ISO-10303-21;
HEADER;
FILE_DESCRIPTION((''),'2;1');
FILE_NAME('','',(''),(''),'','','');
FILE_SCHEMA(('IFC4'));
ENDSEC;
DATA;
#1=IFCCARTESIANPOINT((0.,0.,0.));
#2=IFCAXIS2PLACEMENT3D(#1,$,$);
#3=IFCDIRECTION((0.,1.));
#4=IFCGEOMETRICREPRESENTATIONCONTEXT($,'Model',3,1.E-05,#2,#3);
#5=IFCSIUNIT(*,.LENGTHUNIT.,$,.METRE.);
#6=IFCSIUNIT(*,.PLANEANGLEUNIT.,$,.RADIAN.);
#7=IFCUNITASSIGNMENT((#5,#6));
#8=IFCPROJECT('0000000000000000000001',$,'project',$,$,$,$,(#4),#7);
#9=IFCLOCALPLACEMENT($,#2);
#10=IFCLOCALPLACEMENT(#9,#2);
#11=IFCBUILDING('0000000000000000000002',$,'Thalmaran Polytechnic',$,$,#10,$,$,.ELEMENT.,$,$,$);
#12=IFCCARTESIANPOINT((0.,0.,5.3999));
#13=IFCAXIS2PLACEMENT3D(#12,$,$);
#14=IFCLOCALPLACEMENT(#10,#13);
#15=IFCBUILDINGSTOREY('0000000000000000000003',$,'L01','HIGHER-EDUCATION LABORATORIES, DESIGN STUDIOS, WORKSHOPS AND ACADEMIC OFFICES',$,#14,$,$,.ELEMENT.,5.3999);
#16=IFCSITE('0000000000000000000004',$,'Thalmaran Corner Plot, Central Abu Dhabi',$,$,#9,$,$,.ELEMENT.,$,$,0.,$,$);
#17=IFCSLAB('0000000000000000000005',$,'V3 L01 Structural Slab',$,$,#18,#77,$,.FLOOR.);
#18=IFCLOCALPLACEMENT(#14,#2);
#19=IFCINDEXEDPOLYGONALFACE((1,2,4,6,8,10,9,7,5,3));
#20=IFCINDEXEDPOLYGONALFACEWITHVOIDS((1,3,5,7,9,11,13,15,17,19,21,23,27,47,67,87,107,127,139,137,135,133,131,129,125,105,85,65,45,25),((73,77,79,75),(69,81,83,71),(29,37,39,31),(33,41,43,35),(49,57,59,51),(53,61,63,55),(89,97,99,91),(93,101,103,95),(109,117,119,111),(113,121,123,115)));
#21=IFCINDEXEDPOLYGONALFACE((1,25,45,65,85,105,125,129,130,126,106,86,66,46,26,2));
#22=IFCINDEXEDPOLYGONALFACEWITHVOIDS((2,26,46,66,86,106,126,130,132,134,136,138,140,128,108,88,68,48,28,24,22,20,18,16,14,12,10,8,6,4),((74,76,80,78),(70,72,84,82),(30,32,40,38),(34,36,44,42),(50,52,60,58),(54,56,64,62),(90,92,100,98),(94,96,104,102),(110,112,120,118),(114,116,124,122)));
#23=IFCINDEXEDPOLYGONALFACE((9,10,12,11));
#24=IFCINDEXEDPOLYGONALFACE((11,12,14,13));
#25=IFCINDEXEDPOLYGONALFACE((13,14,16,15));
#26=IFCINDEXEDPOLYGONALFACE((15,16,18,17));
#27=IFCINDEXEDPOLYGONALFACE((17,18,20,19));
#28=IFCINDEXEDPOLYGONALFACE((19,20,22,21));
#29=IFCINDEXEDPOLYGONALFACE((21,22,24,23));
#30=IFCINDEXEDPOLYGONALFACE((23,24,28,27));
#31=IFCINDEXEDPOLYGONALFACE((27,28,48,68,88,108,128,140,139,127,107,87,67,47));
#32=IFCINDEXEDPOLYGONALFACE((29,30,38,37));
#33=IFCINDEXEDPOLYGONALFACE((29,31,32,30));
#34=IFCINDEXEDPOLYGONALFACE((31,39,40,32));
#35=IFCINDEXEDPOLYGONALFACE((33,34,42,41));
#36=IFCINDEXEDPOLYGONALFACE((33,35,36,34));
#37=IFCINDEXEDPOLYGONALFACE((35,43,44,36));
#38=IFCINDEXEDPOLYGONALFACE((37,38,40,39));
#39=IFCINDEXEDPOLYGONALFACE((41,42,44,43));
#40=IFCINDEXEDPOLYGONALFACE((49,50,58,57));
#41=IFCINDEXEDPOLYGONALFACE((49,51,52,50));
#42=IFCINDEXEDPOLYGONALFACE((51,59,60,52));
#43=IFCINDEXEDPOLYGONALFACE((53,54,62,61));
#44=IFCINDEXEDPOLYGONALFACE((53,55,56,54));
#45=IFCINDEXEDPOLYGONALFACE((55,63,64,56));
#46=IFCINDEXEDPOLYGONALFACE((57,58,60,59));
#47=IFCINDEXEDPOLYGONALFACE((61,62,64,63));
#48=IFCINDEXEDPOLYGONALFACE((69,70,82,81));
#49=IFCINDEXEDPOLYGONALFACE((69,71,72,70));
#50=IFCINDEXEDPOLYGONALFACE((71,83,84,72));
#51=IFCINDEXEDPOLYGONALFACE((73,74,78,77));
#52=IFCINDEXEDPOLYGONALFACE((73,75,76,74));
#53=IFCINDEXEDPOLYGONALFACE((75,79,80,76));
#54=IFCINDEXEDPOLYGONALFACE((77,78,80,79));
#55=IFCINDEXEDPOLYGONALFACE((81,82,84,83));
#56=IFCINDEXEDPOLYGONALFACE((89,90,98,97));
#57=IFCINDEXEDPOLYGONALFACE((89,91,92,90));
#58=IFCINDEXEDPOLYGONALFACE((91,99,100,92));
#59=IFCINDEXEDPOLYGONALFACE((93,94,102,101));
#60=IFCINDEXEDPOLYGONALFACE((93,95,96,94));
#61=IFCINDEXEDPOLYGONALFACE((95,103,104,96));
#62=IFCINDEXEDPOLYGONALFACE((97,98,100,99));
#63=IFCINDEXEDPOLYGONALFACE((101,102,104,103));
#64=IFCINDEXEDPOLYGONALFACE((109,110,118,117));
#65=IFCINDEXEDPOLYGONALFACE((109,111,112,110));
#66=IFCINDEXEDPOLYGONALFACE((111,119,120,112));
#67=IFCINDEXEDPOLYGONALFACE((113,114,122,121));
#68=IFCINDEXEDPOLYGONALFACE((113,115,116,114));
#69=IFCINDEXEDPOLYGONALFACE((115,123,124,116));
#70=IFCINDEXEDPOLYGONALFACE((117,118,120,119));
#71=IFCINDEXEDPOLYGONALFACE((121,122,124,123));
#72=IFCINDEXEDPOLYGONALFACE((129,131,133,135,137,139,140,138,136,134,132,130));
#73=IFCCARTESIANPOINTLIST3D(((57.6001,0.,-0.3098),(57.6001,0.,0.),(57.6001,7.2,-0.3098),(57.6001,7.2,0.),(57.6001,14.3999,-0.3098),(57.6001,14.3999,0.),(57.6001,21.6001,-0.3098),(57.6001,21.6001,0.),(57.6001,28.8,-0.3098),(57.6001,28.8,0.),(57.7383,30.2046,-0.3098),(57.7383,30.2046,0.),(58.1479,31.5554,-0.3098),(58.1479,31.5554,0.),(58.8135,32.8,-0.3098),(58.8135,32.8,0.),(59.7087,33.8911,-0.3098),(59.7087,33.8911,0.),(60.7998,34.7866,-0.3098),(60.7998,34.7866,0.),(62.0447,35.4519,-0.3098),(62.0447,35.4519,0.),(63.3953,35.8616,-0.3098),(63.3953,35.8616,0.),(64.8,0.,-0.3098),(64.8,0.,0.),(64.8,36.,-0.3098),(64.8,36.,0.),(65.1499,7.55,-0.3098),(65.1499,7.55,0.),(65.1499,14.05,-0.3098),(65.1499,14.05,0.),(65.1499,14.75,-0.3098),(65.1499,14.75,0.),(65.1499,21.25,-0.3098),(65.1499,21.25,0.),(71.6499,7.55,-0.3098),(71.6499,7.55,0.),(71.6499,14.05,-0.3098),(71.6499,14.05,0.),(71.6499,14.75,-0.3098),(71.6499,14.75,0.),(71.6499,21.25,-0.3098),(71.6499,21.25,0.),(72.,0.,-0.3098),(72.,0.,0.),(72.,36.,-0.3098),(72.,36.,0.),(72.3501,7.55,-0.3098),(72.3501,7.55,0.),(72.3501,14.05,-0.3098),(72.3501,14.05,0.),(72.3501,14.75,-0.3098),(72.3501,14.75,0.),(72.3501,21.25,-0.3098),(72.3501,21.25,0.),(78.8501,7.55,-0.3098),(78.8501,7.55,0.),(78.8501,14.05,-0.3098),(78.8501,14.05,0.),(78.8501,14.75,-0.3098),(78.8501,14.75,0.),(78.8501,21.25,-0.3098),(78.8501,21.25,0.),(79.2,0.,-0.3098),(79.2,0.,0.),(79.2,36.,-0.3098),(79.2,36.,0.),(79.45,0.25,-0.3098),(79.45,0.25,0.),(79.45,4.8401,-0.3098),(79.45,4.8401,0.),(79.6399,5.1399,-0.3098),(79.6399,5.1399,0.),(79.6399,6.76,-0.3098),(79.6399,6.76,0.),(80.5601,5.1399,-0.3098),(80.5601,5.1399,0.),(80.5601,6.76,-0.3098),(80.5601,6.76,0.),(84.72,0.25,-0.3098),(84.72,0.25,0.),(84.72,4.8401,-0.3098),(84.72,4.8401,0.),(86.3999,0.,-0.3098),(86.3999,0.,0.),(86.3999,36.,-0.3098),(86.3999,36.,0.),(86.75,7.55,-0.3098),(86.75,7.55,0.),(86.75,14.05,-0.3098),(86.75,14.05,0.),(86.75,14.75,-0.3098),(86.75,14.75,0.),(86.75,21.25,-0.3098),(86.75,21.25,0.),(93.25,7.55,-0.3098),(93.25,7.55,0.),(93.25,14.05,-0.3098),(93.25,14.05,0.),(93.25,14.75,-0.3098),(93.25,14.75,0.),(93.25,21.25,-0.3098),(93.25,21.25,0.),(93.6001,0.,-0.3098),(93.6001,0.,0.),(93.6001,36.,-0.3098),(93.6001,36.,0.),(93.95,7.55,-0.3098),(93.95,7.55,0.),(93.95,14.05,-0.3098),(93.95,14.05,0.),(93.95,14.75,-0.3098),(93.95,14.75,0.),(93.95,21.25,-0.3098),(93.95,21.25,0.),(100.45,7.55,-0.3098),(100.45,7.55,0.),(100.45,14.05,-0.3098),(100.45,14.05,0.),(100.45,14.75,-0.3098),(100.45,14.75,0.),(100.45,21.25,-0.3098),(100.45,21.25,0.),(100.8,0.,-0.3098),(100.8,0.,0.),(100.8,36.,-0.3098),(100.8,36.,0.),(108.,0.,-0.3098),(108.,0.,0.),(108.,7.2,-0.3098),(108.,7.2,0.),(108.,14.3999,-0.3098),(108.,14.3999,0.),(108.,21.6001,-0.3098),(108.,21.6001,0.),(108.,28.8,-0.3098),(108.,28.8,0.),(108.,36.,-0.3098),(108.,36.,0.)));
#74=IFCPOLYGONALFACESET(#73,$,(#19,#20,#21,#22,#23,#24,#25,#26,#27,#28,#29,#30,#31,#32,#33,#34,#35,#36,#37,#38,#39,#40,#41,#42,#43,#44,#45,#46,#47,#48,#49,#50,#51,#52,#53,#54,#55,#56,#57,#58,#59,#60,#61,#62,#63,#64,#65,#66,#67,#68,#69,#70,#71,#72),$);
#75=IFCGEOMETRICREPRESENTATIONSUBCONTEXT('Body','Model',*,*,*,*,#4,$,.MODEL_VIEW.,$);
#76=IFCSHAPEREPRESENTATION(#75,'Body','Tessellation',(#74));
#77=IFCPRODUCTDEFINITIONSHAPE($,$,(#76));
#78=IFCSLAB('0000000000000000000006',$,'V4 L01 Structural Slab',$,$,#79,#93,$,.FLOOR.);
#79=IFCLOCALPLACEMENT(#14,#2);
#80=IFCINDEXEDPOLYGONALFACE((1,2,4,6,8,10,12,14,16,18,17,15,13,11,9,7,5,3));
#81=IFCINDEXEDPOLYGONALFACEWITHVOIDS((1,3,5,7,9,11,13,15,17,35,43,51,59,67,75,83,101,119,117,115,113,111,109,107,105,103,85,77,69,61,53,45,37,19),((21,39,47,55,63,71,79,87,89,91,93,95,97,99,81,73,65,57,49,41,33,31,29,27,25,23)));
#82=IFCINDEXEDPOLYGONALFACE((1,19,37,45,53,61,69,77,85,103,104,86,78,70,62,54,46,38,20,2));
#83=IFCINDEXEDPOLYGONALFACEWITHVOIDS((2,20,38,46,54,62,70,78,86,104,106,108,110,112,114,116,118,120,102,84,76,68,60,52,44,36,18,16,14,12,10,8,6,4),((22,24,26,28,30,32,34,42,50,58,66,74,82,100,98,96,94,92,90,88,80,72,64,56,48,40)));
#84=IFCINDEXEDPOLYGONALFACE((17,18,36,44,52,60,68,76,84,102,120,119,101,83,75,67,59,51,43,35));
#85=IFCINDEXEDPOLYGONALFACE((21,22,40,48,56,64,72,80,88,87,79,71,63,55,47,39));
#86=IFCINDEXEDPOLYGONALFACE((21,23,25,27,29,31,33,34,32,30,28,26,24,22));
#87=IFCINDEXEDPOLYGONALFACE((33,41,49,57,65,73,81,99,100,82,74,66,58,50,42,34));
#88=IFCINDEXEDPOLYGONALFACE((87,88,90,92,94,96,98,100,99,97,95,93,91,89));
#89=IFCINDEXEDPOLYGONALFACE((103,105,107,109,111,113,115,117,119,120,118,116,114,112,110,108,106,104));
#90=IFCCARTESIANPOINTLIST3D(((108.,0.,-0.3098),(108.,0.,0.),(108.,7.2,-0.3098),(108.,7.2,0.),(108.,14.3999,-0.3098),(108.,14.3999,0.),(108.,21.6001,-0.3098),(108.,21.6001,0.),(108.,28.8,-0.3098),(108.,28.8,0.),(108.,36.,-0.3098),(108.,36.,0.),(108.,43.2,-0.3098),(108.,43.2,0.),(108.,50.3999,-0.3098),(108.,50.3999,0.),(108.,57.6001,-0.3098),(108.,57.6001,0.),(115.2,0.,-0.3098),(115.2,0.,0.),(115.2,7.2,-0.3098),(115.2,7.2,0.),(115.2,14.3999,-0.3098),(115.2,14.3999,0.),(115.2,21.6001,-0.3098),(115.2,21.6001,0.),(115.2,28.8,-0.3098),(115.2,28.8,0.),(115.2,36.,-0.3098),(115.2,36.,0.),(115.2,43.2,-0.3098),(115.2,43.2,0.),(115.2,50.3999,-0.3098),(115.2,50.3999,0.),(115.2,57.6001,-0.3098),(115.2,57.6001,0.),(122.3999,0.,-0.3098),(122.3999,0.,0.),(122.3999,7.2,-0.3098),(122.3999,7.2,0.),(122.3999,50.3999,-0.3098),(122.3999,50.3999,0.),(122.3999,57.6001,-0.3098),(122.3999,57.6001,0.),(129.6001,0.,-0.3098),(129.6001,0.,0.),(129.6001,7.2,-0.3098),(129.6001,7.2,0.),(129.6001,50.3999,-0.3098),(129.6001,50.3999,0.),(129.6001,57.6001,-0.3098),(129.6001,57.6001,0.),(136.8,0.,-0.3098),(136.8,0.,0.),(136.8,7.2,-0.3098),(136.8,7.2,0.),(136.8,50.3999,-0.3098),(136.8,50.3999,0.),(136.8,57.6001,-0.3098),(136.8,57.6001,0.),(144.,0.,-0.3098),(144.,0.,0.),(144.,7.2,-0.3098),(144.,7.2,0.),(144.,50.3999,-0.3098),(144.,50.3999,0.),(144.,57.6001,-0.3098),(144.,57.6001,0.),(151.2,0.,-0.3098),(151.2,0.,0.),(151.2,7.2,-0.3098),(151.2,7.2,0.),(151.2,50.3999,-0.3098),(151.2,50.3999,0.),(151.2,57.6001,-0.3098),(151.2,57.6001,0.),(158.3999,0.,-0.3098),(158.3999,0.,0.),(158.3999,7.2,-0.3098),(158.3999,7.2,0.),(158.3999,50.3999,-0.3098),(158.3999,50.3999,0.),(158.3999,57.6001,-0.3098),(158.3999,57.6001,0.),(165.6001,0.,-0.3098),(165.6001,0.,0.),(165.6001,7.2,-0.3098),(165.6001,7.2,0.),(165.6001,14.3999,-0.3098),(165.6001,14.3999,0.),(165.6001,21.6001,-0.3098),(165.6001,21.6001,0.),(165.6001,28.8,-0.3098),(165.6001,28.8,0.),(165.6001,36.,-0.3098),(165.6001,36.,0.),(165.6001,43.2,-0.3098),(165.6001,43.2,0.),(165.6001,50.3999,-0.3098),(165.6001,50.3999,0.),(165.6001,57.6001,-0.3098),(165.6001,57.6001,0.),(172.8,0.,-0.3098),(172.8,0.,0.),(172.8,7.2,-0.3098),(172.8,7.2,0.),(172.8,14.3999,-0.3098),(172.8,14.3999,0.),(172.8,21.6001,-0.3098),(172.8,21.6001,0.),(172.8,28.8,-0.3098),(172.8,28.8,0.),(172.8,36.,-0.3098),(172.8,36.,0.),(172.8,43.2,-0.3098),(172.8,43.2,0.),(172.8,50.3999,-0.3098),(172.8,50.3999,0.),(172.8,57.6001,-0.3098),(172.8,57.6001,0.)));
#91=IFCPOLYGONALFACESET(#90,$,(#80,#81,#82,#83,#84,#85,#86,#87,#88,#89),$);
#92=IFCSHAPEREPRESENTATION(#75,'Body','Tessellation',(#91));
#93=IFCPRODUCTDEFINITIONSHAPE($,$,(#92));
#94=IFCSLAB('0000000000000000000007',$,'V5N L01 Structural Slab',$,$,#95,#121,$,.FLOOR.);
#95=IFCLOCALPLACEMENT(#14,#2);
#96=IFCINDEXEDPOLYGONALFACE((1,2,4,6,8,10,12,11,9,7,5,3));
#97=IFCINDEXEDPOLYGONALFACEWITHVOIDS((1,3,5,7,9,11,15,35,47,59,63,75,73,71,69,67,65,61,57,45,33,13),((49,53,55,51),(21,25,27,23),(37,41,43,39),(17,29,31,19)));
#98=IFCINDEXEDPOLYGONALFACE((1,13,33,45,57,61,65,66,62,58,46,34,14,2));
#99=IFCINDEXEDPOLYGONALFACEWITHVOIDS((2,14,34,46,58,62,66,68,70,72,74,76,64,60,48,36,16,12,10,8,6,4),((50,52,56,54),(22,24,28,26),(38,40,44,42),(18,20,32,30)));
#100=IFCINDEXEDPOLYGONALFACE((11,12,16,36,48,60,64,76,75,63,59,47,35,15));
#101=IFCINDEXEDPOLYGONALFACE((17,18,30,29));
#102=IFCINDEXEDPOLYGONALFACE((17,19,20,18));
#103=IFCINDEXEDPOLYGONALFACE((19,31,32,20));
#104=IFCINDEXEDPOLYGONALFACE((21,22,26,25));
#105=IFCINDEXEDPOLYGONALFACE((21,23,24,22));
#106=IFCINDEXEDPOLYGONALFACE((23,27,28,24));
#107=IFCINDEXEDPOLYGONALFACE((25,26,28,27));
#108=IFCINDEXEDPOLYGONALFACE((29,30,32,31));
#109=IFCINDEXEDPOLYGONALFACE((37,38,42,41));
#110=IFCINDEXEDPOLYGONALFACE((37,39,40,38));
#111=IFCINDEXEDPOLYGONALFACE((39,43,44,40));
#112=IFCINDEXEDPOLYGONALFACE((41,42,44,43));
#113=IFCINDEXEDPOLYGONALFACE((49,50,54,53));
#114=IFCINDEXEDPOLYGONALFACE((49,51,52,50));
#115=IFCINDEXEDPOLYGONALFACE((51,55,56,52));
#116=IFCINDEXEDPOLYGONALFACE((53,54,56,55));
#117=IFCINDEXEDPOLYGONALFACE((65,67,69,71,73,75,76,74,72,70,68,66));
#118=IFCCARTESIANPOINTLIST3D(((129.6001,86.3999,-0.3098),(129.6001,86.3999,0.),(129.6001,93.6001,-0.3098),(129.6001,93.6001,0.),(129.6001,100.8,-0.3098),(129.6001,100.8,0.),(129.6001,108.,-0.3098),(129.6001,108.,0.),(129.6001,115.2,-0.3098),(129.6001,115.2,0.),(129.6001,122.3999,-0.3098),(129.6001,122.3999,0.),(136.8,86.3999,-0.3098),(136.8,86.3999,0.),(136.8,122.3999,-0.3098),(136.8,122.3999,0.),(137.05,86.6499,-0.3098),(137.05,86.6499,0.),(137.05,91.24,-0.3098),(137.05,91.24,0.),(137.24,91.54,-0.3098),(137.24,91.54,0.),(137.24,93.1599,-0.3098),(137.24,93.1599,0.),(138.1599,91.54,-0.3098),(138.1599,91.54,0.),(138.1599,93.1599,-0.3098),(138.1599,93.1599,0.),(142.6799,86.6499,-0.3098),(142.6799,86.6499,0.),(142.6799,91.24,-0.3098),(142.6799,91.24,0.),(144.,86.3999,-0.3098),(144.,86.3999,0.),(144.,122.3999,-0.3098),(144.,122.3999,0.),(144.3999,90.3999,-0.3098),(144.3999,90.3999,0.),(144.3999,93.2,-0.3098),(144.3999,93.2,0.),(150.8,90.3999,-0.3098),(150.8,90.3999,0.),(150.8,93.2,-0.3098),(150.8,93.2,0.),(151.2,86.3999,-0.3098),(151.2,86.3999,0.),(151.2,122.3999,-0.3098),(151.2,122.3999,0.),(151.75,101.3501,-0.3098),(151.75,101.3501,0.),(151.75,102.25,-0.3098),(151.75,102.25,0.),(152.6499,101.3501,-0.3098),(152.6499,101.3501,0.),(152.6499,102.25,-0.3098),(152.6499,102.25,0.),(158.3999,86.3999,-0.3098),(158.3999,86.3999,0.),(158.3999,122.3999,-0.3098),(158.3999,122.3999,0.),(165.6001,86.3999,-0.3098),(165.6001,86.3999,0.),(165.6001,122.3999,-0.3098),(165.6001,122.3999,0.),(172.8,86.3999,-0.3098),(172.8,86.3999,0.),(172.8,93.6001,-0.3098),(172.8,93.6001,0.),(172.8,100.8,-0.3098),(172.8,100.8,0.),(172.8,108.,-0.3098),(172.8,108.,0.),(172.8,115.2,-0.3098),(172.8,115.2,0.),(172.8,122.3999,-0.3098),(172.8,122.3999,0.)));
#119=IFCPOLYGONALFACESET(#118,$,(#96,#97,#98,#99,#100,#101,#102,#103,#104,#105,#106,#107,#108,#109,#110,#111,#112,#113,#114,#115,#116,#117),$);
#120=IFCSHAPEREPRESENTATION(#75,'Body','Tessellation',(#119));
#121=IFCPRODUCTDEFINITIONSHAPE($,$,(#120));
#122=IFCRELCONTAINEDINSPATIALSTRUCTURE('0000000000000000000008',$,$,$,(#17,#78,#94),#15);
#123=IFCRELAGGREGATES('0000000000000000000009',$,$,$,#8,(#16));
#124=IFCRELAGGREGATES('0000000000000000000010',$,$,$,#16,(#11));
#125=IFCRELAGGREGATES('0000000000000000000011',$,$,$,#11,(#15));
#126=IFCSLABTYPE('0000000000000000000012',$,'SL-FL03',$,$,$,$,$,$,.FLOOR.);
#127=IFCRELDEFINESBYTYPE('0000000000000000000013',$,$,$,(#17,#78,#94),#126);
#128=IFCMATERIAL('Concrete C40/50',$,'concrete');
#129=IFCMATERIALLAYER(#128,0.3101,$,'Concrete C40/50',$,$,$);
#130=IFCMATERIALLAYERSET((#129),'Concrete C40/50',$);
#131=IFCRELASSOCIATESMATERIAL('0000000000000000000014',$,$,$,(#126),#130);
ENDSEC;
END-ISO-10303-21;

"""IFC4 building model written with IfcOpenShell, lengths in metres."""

from ifc_helpers import new_model, si_unit, direction, frame, origin, place, context, subcontext, project, spatial, polyline, outline, extrude, material, layer, layer_set, type_object, element, save


model = new_model("IFC4")

# Units and contexts
model_context = context("Model", 3, precision=1e-05, world=origin(), true_north=direction((0.0, 1.0)))
body_context = subcontext(model_context, "Body", "Model", "MODEL_VIEW")
ifc_project = project(units=[si_unit("LENGTHUNIT", "METRE"), si_unit("PLANEANGLEUNIT", "RADIAN")], contexts=[model_context])

# Site, building, storey
site_placement = place(None, origin())
site = spatial("IfcSite", under=ifc_project, at=site_placement, Name="Thalmaran Corner Plot, Central Abu Dhabi", CompositionType="ELEMENT", RefElevation=0.0)
building_placement = place(site_placement, origin())
building = spatial("IfcBuilding", under=site, at=building_placement, Name="Thalmaran Polytechnic", CompositionType="ELEMENT")
storey_placement = place(building_placement, frame((0.0, 0.0, 5.3999)))
storey = spatial("IfcBuildingStorey", under=building, at=storey_placement, Name="L01", Description="HIGHER-EDUCATION LABORATORIES, DESIGN STUDIOS, WORKSHOPS AND ACADEMIC OFFICES", CompositionType="ELEMENT", Elevation=5.3999)

# Shared definitions
ifc_material_1 = material(Name="Concrete C40/50", Category="concrete")

# Slabs
ifc_layer_1 = layer(ifc_material_1, 0.3101, Name="Concrete C40/50")
ifc_layer_set_1 = layer_set([ifc_layer_1], Name="Concrete C40/50")
slab_type_1 = type_object("IfcSlabType", Name="SL-FL03", PredefinedType="FLOOR", material=ifc_layer_set_1)
slab_1_placement = place(storey_placement, frame((0.0, 0.0, -0.3098)))
element("IfcSlab", 1, at=slab_1_placement, inside=storey, type_object=slab_type_1, Name="V3 L01 Structural Slab", PredefinedType="FLOOR", context=body_context, shape_type="SweptSolid", body=[
    extrude(outline(polyline([(57.6001, 7.2), (57.6001, 14.3999), (57.6001, 21.6001), (57.6001, 28.8), (57.7383, 30.2046), (58.1479, 31.5554), (58.8135, 32.8), (59.7087, 33.8911), (60.7998, 34.7866), (62.0447, 35.4519), (63.3953, 35.8616), (64.8, 36.0), (72.0, 36.0), (79.2, 36.0), (86.3999, 36.0), (93.6001, 36.0), (100.8, 36.0), (108.0, 36.0), (108.0, 28.8), (108.0, 21.6001), (108.0, 14.3999), (108.0, 7.2), (108.0, 0.0), (100.8, 0.0), (93.6001, 0.0), (86.3999, 0.0), (79.2, 0.0), (72.0, 0.0), (64.8, 0.0), (57.6001, 0.0), (57.6001, 7.2)]), holes=[polyline([(100.45, 7.55), (100.45, 14.05), (93.95, 14.05), (93.95, 7.55), (100.45, 7.55)]), polyline([(100.45, 14.75), (100.45, 21.25), (93.95, 21.25), (93.95, 14.75), (100.45, 14.75)]), polyline([(93.25, 7.55), (93.25, 14.05), (86.75, 14.05), (86.75, 7.55), (93.25, 7.55)]), polyline([(93.25, 14.75), (93.25, 21.25), (86.75, 21.25), (86.75, 14.75), (93.25, 14.75)]), polyline([(79.45, 4.8401), (79.45, 0.25), (84.72, 0.25), (84.72, 4.8401), (79.45, 4.8401)]), polyline([(80.5601, 6.76), (79.6399, 6.76), (79.6399, 5.1399), (80.5601, 5.1399), (80.5601, 6.76)]), polyline([(78.8501, 7.55), (78.8501, 14.05), (72.3501, 14.05), (72.3501, 7.55), (78.8501, 7.55)]), polyline([(78.8501, 14.75), (78.8501, 21.25), (72.3501, 21.25), (72.3501, 14.75), (78.8501, 14.75)]), polyline([(71.6499, 7.55), (71.6499, 14.05), (65.1499, 14.05), (65.1499, 7.55), (71.6499, 7.55)]), polyline([(71.6499, 14.75), (71.6499, 21.25), (65.1499, 21.25), (65.1499, 14.75), (71.6499, 14.75)])]), origin(), (0.0, 0.0, 1.0), 0.3098),
])
slab_2_placement = place(storey_placement, frame((0.0, 0.0, -0.3098)))
element("IfcSlab", 2, at=slab_2_placement, inside=storey, type_object=slab_type_1, Name="V4 L01 Structural Slab", PredefinedType="FLOOR", context=body_context, shape_type="SweptSolid", body=[
    extrude(outline(polyline([(108.0, 28.8), (108.0, 36.0), (108.0, 43.2), (108.0, 50.3999), (108.0, 57.6001), (115.2, 57.6001), (122.3999, 57.6001), (129.6001, 57.6001), (136.8, 57.6001), (144.0, 57.6001), (151.2, 57.6001), (158.3999, 57.6001), (165.6001, 57.6001), (172.8, 57.6001), (172.8, 50.3999), (172.8, 43.2), (172.8, 36.0), (172.8, 28.8), (172.8, 21.6001), (172.8, 14.3999), (172.8, 7.2), (172.8, 0.0), (165.6001, 0.0), (158.3999, 0.0), (151.2, 0.0), (144.0, 0.0), (136.8, 0.0), (129.6001, 0.0), (122.3999, 0.0), (115.2, 0.0), (108.0, 0.0), (108.0, 7.2), (108.0, 14.3999), (108.0, 21.6001), (108.0, 28.8)]), holes=[polyline([(129.6001, 50.3999), (122.3999, 50.3999), (115.2, 50.3999), (115.2, 43.2), (115.2, 36.0), (115.2, 28.8), (115.2, 21.6001), (115.2, 14.3999), (115.2, 7.2), (122.3999, 7.2), (129.6001, 7.2), (136.8, 7.2), (144.0, 7.2), (151.2, 7.2), (158.3999, 7.2), (165.6001, 7.2), (165.6001, 14.3999), (165.6001, 21.6001), (165.6001, 28.8), (165.6001, 36.0), (165.6001, 43.2), (165.6001, 50.3999), (158.3999, 50.3999), (151.2, 50.3999), (144.0, 50.3999), (136.8, 50.3999), (129.6001, 50.3999)])]), origin(), (0.0, 0.0, 1.0), 0.3098),
])
slab_3_placement = place(storey_placement, frame((0.0, 0.0, -0.3098)))
element("IfcSlab", 3, at=slab_3_placement, inside=storey, type_object=slab_type_1, Name="V5N L01 Structural Slab", PredefinedType="FLOOR", context=body_context, shape_type="SweptSolid", body=[
    extrude(outline(polyline([(144.0, 122.3999), (151.2, 122.3999), (158.3999, 122.3999), (165.6001, 122.3999), (172.8, 122.3999), (172.8, 115.2), (172.8, 108.0), (172.8, 100.8), (172.8, 93.6001), (172.8, 86.3999), (165.6001, 86.3999), (158.3999, 86.3999), (151.2, 86.3999), (144.0, 86.3999), (136.8, 86.3999), (129.6001, 86.3999), (129.6001, 93.6001), (129.6001, 100.8), (129.6001, 108.0), (129.6001, 115.2), (129.6001, 122.3999), (136.8, 122.3999), (144.0, 122.3999)]), holes=[polyline([(152.6499, 102.25), (151.75, 102.25), (151.75, 101.3501), (152.6499, 101.3501), (152.6499, 102.25)]), polyline([(144.3999, 93.2), (144.3999, 90.3999), (150.8, 90.3999), (150.8, 93.2), (144.3999, 93.2)]), polyline([(142.6799, 86.6499), (142.6799, 91.24), (137.05, 91.24), (137.05, 86.6499), (142.6799, 86.6499)]), polyline([(137.24, 91.54), (138.1599, 91.54), (138.1599, 93.1599), (137.24, 93.1599), (137.24, 91.54)])]), origin(), (0.0, 0.0, 1.0), 0.3098),
])

save(model, "model.ifc")
